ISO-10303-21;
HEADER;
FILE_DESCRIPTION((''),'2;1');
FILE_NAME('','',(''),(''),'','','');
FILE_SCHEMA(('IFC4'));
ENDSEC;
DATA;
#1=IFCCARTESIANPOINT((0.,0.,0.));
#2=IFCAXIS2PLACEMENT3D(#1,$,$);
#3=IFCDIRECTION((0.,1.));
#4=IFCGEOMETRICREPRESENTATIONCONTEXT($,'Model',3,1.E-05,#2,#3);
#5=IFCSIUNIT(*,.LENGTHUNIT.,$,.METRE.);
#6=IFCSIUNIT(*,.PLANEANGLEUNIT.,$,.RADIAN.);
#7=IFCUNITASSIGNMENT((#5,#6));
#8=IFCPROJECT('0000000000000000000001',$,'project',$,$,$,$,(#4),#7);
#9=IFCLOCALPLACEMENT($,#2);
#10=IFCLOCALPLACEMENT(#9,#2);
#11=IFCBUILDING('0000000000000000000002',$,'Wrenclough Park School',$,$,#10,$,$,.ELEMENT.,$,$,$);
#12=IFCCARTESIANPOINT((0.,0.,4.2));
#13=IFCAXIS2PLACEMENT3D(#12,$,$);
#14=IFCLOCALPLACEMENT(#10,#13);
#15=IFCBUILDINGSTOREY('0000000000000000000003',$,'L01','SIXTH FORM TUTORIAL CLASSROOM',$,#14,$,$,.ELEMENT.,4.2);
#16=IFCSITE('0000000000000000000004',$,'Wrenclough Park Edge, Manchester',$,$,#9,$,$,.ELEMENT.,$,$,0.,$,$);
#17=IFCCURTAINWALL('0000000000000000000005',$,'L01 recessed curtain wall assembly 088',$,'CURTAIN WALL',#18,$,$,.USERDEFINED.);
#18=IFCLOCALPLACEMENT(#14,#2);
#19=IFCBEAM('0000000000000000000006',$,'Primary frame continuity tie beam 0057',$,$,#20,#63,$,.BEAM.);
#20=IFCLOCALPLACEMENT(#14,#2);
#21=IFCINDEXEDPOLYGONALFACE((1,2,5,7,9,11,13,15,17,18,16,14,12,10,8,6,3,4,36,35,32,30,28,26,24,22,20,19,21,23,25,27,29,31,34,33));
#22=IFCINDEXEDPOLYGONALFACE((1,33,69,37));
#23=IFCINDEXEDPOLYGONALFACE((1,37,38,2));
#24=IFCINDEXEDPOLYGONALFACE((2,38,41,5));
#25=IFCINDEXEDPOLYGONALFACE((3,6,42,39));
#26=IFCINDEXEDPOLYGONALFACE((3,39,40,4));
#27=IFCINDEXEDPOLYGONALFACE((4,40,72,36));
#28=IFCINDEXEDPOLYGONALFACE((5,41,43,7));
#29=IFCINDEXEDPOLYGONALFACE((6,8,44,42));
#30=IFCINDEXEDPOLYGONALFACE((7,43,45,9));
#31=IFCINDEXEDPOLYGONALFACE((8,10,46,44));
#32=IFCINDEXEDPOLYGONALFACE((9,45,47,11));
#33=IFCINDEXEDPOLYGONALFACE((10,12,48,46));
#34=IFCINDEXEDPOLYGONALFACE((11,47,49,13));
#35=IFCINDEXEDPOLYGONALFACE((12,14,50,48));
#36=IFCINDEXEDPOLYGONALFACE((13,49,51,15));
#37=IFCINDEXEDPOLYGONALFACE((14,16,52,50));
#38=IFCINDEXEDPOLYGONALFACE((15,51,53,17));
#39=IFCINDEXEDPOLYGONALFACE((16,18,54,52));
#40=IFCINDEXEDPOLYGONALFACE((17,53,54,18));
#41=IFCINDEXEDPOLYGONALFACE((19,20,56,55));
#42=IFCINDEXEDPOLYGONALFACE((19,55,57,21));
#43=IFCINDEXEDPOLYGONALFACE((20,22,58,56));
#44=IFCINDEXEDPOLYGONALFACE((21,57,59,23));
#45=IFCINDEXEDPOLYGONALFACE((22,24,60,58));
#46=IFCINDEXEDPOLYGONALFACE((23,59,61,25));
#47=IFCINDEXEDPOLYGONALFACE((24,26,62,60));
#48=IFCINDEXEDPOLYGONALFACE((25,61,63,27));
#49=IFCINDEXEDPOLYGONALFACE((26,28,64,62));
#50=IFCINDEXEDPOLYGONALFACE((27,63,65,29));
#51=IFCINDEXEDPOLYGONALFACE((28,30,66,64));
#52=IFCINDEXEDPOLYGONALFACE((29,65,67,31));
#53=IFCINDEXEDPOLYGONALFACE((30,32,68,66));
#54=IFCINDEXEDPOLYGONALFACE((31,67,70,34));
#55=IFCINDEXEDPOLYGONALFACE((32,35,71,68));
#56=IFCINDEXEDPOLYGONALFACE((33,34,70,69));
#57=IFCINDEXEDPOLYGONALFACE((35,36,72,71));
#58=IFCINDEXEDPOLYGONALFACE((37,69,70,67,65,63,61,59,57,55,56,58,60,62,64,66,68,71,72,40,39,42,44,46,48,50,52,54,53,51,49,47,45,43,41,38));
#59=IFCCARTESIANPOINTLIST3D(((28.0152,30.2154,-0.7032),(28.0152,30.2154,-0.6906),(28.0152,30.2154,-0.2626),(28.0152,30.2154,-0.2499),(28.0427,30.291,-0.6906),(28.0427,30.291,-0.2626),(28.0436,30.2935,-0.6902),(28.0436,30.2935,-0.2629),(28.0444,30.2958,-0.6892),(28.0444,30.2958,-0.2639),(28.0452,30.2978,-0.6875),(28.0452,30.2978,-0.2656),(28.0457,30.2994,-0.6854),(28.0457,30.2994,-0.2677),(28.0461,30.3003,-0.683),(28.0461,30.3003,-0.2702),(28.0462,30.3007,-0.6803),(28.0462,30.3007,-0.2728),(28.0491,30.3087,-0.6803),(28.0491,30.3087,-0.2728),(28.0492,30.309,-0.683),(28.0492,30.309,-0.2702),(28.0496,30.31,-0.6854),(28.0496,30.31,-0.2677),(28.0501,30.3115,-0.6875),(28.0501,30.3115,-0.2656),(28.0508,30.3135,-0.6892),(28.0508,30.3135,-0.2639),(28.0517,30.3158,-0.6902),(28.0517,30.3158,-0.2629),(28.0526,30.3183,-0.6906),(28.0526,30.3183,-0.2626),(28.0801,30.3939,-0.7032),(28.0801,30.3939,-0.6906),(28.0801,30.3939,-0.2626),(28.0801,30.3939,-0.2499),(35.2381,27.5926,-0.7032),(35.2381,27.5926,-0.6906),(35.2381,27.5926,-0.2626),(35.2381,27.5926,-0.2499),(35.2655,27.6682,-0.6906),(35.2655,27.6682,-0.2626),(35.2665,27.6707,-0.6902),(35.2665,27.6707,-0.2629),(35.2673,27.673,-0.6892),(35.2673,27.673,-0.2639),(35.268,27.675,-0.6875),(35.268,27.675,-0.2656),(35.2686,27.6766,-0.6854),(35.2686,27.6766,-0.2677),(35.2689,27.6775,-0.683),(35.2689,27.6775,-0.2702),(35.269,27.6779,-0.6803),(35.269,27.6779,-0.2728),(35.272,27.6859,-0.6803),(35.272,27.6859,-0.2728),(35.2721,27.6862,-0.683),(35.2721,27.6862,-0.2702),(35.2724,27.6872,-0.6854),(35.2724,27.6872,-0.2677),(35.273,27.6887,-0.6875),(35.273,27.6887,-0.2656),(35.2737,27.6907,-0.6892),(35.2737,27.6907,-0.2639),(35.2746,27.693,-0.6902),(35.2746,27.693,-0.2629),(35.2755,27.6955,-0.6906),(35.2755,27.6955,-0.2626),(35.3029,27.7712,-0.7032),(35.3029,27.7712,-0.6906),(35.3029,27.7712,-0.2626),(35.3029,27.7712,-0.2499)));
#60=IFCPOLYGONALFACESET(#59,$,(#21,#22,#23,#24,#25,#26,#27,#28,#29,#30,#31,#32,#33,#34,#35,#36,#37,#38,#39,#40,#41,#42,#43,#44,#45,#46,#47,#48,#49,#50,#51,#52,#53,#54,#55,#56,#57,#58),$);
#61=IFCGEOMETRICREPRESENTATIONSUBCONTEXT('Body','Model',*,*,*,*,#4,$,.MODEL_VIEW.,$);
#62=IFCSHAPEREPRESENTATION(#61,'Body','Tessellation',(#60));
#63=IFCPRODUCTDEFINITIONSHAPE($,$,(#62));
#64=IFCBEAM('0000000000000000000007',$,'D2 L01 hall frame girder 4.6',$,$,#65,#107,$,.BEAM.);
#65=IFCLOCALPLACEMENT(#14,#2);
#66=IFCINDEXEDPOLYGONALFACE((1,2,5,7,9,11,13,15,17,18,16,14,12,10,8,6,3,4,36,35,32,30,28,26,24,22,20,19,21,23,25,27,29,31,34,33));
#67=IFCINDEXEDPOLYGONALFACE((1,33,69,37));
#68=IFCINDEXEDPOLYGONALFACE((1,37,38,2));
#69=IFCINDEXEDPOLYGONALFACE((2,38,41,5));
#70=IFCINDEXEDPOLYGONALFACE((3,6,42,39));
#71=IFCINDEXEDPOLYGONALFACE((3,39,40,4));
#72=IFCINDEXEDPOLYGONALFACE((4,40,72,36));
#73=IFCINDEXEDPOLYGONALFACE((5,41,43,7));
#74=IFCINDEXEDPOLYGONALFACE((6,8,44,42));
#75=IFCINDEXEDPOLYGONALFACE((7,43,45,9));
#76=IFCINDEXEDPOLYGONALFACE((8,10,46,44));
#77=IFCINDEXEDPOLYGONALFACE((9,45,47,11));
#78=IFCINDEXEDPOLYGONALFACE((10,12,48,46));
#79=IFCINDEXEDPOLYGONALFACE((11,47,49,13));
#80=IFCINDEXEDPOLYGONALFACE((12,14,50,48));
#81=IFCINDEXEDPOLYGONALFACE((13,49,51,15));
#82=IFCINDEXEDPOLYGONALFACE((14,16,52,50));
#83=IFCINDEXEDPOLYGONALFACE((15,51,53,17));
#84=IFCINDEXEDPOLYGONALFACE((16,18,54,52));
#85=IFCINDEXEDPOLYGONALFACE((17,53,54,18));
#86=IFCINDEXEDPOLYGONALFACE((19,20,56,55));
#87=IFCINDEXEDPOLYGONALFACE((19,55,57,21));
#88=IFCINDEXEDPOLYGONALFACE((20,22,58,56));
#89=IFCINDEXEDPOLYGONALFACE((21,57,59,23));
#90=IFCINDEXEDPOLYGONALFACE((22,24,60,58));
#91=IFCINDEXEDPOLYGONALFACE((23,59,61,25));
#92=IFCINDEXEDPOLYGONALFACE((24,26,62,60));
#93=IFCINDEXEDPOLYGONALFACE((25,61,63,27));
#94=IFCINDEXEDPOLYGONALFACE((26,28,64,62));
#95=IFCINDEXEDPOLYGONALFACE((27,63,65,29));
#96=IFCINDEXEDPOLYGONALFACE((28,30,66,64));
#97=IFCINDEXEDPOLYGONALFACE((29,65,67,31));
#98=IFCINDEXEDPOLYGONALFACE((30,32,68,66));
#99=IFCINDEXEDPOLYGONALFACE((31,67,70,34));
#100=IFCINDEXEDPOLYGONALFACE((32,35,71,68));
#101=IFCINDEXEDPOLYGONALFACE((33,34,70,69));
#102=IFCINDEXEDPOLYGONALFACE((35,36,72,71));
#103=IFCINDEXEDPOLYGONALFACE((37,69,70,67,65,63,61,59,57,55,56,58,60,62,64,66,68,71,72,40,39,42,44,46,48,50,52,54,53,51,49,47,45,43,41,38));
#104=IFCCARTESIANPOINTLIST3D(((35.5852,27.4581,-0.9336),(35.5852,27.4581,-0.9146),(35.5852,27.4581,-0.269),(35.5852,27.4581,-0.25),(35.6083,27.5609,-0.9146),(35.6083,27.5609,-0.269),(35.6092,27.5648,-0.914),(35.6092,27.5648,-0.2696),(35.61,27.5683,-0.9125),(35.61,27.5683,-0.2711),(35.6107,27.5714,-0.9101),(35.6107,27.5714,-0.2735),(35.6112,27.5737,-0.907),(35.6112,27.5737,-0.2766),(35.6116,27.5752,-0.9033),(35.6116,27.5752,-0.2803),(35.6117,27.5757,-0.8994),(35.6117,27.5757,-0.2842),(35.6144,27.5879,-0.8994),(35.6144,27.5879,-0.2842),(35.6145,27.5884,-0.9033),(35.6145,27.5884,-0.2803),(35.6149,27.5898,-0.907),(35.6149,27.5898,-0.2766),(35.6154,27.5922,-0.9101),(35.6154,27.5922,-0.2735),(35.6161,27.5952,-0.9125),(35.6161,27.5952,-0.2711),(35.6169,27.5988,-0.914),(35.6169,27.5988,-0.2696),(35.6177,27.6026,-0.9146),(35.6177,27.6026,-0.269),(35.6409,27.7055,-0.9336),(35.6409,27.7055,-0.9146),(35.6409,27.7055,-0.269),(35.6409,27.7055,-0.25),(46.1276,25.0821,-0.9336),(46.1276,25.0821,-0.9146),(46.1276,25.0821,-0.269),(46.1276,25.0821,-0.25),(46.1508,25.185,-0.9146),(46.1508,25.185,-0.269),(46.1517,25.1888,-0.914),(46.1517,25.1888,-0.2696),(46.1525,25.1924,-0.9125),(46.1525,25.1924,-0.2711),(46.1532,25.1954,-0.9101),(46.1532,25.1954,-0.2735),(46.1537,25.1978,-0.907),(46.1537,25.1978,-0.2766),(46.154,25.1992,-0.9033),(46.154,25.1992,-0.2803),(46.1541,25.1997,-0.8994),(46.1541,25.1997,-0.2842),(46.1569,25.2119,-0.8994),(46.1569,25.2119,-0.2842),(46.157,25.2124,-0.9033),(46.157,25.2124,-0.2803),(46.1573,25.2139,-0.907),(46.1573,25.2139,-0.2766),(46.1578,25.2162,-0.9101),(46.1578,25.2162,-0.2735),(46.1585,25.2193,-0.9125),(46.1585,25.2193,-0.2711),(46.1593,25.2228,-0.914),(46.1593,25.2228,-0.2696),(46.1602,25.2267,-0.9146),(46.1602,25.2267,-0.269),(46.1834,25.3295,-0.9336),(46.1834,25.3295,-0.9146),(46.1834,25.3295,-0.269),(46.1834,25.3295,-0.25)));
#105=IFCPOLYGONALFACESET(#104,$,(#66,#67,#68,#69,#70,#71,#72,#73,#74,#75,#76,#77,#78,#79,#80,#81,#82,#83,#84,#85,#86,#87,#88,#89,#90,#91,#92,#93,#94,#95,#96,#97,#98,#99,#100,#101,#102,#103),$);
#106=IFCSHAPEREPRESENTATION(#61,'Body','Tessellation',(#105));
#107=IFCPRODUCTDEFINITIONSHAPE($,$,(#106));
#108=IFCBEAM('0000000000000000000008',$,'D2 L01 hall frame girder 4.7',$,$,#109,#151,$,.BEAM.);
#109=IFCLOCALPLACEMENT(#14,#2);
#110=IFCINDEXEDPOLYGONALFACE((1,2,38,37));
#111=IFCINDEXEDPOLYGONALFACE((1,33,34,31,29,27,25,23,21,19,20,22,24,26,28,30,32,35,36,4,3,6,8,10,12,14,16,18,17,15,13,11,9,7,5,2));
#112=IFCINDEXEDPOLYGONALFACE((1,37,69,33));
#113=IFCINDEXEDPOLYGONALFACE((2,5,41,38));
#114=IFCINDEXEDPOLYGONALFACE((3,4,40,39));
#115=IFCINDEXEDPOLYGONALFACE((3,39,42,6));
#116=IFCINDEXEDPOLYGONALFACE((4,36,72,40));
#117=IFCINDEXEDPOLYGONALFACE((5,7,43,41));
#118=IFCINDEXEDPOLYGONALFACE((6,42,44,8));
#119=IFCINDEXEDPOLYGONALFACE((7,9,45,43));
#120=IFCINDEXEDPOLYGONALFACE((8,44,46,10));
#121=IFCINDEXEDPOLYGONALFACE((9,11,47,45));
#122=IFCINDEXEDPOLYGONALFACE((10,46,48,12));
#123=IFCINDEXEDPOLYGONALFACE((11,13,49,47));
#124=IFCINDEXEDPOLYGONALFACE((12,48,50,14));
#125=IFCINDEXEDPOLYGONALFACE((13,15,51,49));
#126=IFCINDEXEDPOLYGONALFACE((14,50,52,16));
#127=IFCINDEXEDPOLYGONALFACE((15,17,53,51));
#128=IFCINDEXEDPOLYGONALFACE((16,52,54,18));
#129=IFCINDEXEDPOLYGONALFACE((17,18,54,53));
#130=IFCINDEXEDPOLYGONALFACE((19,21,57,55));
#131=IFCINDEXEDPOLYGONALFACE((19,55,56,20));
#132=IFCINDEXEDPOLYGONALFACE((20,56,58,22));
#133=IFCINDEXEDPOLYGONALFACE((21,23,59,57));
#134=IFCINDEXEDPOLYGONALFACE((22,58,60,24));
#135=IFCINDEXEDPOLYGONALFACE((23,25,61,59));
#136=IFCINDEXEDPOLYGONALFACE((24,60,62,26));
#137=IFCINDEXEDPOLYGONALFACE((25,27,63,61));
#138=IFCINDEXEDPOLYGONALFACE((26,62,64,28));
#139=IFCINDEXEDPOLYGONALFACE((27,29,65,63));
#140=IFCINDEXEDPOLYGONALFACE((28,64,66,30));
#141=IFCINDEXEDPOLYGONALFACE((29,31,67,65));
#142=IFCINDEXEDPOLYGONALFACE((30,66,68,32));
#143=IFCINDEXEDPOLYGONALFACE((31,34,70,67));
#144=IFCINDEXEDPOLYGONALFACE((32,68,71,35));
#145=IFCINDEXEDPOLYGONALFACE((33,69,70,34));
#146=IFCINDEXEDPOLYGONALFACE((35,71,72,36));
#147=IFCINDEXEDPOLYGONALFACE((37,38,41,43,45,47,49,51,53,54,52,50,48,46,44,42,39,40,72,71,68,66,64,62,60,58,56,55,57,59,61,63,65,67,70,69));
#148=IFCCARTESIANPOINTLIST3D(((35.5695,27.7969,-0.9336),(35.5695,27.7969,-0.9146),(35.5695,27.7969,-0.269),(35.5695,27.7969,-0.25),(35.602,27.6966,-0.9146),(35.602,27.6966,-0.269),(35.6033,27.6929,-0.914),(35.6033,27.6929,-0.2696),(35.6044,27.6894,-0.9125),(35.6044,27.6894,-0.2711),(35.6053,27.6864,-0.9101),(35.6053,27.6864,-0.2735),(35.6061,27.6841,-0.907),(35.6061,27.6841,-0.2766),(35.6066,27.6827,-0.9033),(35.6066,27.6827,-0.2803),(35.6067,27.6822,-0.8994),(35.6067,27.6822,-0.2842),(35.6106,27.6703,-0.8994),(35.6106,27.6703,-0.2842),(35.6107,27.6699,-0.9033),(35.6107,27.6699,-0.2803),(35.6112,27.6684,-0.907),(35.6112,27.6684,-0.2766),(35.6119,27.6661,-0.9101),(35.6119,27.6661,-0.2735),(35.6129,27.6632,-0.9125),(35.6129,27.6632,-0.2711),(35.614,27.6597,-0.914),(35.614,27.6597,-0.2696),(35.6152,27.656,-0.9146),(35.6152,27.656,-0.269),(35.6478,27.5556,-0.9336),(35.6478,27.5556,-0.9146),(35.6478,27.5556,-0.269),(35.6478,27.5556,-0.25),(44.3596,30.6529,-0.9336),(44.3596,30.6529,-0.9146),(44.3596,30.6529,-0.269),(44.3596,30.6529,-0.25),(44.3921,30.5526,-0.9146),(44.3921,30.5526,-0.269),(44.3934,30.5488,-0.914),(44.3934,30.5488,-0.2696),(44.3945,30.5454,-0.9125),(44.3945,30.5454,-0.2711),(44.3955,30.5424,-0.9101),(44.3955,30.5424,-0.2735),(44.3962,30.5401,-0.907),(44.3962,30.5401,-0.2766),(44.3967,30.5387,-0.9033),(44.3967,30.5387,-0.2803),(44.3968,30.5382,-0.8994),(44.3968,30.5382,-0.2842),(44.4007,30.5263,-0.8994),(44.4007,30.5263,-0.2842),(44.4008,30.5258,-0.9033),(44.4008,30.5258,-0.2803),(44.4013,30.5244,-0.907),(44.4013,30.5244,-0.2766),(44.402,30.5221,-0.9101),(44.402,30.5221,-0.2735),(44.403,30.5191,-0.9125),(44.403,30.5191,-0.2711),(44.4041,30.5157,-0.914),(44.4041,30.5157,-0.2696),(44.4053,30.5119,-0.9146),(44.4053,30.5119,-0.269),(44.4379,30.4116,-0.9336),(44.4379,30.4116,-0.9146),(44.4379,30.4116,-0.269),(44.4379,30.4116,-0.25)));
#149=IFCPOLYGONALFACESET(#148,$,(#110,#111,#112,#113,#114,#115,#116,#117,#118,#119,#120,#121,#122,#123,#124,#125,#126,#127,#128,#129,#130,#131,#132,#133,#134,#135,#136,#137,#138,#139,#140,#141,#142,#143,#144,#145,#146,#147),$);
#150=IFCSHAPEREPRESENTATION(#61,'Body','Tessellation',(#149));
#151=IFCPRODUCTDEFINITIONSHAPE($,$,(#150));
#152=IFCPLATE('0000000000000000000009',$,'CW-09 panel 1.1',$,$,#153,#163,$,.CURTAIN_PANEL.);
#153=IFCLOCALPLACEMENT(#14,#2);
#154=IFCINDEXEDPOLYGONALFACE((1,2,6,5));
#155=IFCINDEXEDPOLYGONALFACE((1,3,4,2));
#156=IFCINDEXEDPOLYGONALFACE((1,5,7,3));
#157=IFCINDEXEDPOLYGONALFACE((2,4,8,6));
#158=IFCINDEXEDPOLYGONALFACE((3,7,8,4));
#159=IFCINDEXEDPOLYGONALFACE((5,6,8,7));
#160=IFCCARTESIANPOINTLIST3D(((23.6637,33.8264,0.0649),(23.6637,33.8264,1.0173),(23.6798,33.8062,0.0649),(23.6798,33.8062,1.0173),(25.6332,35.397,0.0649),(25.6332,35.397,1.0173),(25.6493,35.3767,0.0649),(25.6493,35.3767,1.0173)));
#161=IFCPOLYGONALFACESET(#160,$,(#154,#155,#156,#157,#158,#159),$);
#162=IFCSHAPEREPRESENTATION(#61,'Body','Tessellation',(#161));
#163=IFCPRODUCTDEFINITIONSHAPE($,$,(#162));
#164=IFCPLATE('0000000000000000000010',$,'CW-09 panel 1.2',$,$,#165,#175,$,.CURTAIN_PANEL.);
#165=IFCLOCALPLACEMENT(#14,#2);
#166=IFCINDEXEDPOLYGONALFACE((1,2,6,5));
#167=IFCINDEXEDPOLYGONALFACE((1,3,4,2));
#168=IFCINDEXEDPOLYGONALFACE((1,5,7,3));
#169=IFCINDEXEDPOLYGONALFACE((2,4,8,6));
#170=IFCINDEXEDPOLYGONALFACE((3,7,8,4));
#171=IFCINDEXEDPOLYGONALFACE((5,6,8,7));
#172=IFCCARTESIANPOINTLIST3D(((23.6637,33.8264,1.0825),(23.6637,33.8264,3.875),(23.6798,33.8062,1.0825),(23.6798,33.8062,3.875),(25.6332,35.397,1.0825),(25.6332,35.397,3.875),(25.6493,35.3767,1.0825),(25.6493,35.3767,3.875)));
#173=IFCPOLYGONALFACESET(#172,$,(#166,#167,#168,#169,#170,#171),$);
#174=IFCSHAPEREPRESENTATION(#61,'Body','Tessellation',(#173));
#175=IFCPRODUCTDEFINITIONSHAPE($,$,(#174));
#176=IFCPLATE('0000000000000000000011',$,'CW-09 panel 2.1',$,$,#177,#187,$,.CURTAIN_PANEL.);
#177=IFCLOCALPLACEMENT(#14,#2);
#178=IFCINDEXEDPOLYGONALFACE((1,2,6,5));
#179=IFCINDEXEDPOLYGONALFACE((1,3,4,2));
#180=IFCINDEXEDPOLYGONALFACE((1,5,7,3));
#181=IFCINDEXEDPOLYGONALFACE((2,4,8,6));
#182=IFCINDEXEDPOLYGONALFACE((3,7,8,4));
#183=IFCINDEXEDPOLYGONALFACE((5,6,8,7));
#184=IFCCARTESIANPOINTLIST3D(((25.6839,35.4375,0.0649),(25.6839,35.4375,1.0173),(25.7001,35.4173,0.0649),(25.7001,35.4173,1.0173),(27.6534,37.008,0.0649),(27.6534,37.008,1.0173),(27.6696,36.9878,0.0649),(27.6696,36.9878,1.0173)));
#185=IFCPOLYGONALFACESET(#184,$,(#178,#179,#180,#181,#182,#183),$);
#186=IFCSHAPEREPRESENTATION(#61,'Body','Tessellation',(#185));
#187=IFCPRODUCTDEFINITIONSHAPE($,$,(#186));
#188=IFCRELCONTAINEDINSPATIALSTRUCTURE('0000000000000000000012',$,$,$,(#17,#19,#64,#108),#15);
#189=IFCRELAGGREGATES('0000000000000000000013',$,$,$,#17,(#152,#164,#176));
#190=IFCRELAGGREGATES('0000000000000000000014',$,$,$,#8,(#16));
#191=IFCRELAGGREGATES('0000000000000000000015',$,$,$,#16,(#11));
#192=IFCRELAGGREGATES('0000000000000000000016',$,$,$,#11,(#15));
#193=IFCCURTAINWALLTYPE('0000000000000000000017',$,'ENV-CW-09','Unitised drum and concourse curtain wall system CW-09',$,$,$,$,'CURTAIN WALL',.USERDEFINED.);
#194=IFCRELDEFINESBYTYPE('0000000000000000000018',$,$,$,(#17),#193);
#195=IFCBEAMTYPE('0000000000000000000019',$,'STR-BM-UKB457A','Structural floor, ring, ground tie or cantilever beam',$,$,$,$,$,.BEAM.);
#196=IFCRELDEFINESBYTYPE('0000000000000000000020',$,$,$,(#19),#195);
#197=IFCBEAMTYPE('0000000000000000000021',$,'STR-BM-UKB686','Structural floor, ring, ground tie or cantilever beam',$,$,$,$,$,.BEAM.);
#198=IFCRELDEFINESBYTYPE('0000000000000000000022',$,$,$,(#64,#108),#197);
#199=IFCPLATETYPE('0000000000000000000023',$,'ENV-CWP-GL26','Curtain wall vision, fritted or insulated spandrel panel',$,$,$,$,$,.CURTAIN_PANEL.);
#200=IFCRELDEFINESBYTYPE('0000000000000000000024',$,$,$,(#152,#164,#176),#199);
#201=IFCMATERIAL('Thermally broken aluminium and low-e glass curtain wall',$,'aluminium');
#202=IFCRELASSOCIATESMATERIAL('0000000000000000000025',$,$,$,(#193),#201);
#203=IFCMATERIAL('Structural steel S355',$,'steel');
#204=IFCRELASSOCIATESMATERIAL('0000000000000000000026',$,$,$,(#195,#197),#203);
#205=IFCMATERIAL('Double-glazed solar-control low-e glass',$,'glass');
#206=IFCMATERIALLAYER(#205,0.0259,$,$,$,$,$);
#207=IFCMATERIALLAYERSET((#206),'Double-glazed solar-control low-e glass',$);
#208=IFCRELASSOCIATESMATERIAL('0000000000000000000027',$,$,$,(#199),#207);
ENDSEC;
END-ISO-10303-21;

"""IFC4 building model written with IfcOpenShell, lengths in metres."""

from ifc_helpers import new_model, si_unit, direction, frame, origin, origin_2d, place, context, subcontext, project, spatial, rectangle, i_section, extrude, material, layer, layer_set, material_profile, profile_set, type_object, element, aggregate, save


model = new_model("IFC4")

# Units and contexts
model_context = context("Model", 3, precision=1e-05, world=origin(), true_north=direction((0.0, 1.0)))
body_context = subcontext(model_context, "Body", "Model", "MODEL_VIEW")
ifc_project = project(units=[si_unit("LENGTHUNIT", "METRE"), si_unit("PLANEANGLEUNIT", "RADIAN")], contexts=[model_context])

# Site, building, storey
site_placement = place(None, origin())
site = spatial("IfcSite", under=ifc_project, at=site_placement, Name="Wrenclough Park Edge, Manchester", CompositionType="ELEMENT", RefElevation=0.0)
building_placement = place(site_placement, origin())
building = spatial("IfcBuilding", under=site, at=building_placement, Name="Wrenclough Park School", CompositionType="ELEMENT")
storey_placement = place(building_placement, frame((0.0, 0.0, 4.2)))
storey = spatial("IfcBuildingStorey", under=building, at=storey_placement, Name="L01", Description="SIXTH FORM TUTORIAL CLASSROOM", CompositionType="ELEMENT", Elevation=4.2)

# Shared definitions
ifc_material_1 = material(Name="Structural steel S355", Category="steel")

# Curtain wall
ifc_material_2 = material(Name="Thermally broken aluminium and low-e glass curtain wall", Category="aluminium")
curtain_wall_type = type_object("IfcCurtainWallType", Name="ENV-CW-09", Description="Unitised drum and concourse curtain wall system CW-09", ElementType="CURTAIN WALL", PredefinedType="USERDEFINED", material=ifc_material_2)
curtain_wall_placement = place(storey_placement, origin())
curtain_wall = element("IfcCurtainWall", 1, at=curtain_wall_placement, inside=storey, type_object=curtain_wall_type, Name="L01 recessed curtain wall assembly 088", ObjectType="CURTAIN WALL", PredefinedType="USERDEFINED")

# Beams
ifc_material_profile_1 = material_profile(ifc_material_1, i_section(OverallWidth=0.1899, OverallDepth=0.4534, WebThickness=0.0085, FlangeThickness=0.0127, FilletRadius=0.0103, at=origin_2d()), Name="UKB 457x191x67")
ifc_profile_set_1 = profile_set([ifc_material_profile_1], Name="Structural steel S355")
beam_type_1 = type_object("IfcBeamType", Name="STR-BM-UKB457A", Description="Structural floor, ring, ground tie or cantilever beam", PredefinedType="BEAM", material=ifc_profile_set_1)
beam_1_placement = place(storey_placement, frame((35.2705, 27.6819, -0.4766), z_axis=(-0.939948, 0.341317, 0.0), x_axis=(-0.341317, -0.939948, 0.0)))
element("IfcBeam", 2, at=beam_1_placement, inside=storey, type_object=beam_type_1, Name="Primary frame continuity tie beam 0057", PredefinedType="BEAM", context=body_context, shape_type="SweptSolid", body=[
    extrude(i_section(OverallWidth=0.1899, OverallDepth=0.4534, WebThickness=0.0085, FlangeThickness=0.0127, FilletRadius=0.0103, at=origin_2d()), origin(), (0.0, 0.0, 1.0), 7.6843),
])
ifc_material_profile_2 = material_profile(ifc_material_1, i_section(OverallWidth=0.2537, OverallDepth=0.6836, WebThickness=0.0125, FlangeThickness=0.019, FilletRadius=0.0151, at=origin_2d()), Name="UKB 686x254x140")
ifc_profile_set_2 = profile_set([ifc_material_profile_2], Name="Structural steel S355")
beam_type_2 = type_object("IfcBeamType", Name="STR-BM-UKB686", Description="Structural floor, ring, ground tie or cantilever beam", PredefinedType="BEAM", material=ifc_profile_set_2)
beam_2_placement = place(storey_placement, frame((35.613, 27.5818, -0.5918), z_axis=(0.975532, -0.219857, 0.0), x_axis=(0.219857, 0.975532, 0.0)))
element("IfcBeam", 3, at=beam_2_placement, inside=storey, type_object=beam_type_2, Name="D2 L01 hall frame girder 4.6", PredefinedType="BEAM", context=body_context, shape_type="SweptSolid", body=[
    extrude(i_section(OverallWidth=0.2537, OverallDepth=0.6836, WebThickness=0.0125, FlangeThickness=0.019, FilletRadius=0.0151, at=origin_2d()), origin(), (0.0, 0.0, 1.0), 10.8069),
])
beam_3_placement = place(storey_placement, frame((35.6086, 27.6763, -0.5918), z_axis=(0.95106, 0.309007, 0.0), x_axis=(-0.309007, 0.95106, 0.0)))
element("IfcBeam", 4, at=beam_3_placement, inside=storey, type_object=beam_type_2, Name="D2 L01 hall frame girder 4.7", PredefinedType="BEAM", context=body_context, shape_type="SweptSolid", body=[
    extrude(i_section(OverallWidth=0.2537, OverallDepth=0.6836, WebThickness=0.0125, FlangeThickness=0.019, FilletRadius=0.0151, at=origin_2d()), origin(), (0.0, 0.0, 1.0), 9.2424),
])

# Plates
ifc_material_3 = material(Name="Double-glazed solar-control low-e glass", Category="glass")
ifc_layer_1 = layer(ifc_material_3, 0.0259)
ifc_layer_set_1 = layer_set([ifc_layer_1], Name="Double-glazed solar-control low-e glass")
plate_type_1 = type_object("IfcPlateType", Name="ENV-CWP-GL26", Description="Curtain wall vision, fritted or insulated spandrel panel", PredefinedType="CURTAIN_PANEL", material=ifc_layer_set_1)
plate_1_placement = place(storey_placement, frame((24.6565, 34.6016, 0.0649), z_axis=(0.0, 0.0, 1.0), x_axis=(0.781848, 0.623468, 0.0)))
plate_1 = element("IfcPlate", 5, at=plate_1_placement, type_object=plate_type_1, Name="CW-09 panel 1.1", PredefinedType="CURTAIN_PANEL", context=body_context, shape_type="SweptSolid", body=[
    extrude(rectangle(XDim=2.519, YDim=0.0259, at=origin_2d()), origin(), (0.0, 0.0, 1.0), 0.9524),
])
plate_2_placement = place(storey_placement, frame((24.6565, 34.6016, 1.0825), z_axis=(0.0, 0.0, 1.0), x_axis=(0.781848, 0.623468, 0.0)))
plate_2 = element("IfcPlate", 6, at=plate_2_placement, type_object=plate_type_1, Name="CW-09 panel 1.2", PredefinedType="CURTAIN_PANEL", context=body_context, shape_type="SweptSolid", body=[
    extrude(rectangle(XDim=2.519, YDim=0.0259, at=origin_2d()), origin(), (0.0, 0.0, 1.0), 2.7925),
])
plate_3_placement = place(storey_placement, frame((26.6768, 36.2126, 0.0649), z_axis=(0.0, 0.0, 1.0), x_axis=(0.781848, 0.623468, 0.0)))
plate_3 = element("IfcPlate", 7, at=plate_3_placement, type_object=plate_type_1, Name="CW-09 panel 2.1", PredefinedType="CURTAIN_PANEL", context=body_context, shape_type="SweptSolid", body=[
    extrude(rectangle(XDim=2.519, YDim=0.0259, at=origin_2d()), origin(), (0.0, 0.0, 1.0), 0.9524),
])
aggregate(curtain_wall, [plate_1, plate_2, plate_3])

save(model, "model.ifc")
